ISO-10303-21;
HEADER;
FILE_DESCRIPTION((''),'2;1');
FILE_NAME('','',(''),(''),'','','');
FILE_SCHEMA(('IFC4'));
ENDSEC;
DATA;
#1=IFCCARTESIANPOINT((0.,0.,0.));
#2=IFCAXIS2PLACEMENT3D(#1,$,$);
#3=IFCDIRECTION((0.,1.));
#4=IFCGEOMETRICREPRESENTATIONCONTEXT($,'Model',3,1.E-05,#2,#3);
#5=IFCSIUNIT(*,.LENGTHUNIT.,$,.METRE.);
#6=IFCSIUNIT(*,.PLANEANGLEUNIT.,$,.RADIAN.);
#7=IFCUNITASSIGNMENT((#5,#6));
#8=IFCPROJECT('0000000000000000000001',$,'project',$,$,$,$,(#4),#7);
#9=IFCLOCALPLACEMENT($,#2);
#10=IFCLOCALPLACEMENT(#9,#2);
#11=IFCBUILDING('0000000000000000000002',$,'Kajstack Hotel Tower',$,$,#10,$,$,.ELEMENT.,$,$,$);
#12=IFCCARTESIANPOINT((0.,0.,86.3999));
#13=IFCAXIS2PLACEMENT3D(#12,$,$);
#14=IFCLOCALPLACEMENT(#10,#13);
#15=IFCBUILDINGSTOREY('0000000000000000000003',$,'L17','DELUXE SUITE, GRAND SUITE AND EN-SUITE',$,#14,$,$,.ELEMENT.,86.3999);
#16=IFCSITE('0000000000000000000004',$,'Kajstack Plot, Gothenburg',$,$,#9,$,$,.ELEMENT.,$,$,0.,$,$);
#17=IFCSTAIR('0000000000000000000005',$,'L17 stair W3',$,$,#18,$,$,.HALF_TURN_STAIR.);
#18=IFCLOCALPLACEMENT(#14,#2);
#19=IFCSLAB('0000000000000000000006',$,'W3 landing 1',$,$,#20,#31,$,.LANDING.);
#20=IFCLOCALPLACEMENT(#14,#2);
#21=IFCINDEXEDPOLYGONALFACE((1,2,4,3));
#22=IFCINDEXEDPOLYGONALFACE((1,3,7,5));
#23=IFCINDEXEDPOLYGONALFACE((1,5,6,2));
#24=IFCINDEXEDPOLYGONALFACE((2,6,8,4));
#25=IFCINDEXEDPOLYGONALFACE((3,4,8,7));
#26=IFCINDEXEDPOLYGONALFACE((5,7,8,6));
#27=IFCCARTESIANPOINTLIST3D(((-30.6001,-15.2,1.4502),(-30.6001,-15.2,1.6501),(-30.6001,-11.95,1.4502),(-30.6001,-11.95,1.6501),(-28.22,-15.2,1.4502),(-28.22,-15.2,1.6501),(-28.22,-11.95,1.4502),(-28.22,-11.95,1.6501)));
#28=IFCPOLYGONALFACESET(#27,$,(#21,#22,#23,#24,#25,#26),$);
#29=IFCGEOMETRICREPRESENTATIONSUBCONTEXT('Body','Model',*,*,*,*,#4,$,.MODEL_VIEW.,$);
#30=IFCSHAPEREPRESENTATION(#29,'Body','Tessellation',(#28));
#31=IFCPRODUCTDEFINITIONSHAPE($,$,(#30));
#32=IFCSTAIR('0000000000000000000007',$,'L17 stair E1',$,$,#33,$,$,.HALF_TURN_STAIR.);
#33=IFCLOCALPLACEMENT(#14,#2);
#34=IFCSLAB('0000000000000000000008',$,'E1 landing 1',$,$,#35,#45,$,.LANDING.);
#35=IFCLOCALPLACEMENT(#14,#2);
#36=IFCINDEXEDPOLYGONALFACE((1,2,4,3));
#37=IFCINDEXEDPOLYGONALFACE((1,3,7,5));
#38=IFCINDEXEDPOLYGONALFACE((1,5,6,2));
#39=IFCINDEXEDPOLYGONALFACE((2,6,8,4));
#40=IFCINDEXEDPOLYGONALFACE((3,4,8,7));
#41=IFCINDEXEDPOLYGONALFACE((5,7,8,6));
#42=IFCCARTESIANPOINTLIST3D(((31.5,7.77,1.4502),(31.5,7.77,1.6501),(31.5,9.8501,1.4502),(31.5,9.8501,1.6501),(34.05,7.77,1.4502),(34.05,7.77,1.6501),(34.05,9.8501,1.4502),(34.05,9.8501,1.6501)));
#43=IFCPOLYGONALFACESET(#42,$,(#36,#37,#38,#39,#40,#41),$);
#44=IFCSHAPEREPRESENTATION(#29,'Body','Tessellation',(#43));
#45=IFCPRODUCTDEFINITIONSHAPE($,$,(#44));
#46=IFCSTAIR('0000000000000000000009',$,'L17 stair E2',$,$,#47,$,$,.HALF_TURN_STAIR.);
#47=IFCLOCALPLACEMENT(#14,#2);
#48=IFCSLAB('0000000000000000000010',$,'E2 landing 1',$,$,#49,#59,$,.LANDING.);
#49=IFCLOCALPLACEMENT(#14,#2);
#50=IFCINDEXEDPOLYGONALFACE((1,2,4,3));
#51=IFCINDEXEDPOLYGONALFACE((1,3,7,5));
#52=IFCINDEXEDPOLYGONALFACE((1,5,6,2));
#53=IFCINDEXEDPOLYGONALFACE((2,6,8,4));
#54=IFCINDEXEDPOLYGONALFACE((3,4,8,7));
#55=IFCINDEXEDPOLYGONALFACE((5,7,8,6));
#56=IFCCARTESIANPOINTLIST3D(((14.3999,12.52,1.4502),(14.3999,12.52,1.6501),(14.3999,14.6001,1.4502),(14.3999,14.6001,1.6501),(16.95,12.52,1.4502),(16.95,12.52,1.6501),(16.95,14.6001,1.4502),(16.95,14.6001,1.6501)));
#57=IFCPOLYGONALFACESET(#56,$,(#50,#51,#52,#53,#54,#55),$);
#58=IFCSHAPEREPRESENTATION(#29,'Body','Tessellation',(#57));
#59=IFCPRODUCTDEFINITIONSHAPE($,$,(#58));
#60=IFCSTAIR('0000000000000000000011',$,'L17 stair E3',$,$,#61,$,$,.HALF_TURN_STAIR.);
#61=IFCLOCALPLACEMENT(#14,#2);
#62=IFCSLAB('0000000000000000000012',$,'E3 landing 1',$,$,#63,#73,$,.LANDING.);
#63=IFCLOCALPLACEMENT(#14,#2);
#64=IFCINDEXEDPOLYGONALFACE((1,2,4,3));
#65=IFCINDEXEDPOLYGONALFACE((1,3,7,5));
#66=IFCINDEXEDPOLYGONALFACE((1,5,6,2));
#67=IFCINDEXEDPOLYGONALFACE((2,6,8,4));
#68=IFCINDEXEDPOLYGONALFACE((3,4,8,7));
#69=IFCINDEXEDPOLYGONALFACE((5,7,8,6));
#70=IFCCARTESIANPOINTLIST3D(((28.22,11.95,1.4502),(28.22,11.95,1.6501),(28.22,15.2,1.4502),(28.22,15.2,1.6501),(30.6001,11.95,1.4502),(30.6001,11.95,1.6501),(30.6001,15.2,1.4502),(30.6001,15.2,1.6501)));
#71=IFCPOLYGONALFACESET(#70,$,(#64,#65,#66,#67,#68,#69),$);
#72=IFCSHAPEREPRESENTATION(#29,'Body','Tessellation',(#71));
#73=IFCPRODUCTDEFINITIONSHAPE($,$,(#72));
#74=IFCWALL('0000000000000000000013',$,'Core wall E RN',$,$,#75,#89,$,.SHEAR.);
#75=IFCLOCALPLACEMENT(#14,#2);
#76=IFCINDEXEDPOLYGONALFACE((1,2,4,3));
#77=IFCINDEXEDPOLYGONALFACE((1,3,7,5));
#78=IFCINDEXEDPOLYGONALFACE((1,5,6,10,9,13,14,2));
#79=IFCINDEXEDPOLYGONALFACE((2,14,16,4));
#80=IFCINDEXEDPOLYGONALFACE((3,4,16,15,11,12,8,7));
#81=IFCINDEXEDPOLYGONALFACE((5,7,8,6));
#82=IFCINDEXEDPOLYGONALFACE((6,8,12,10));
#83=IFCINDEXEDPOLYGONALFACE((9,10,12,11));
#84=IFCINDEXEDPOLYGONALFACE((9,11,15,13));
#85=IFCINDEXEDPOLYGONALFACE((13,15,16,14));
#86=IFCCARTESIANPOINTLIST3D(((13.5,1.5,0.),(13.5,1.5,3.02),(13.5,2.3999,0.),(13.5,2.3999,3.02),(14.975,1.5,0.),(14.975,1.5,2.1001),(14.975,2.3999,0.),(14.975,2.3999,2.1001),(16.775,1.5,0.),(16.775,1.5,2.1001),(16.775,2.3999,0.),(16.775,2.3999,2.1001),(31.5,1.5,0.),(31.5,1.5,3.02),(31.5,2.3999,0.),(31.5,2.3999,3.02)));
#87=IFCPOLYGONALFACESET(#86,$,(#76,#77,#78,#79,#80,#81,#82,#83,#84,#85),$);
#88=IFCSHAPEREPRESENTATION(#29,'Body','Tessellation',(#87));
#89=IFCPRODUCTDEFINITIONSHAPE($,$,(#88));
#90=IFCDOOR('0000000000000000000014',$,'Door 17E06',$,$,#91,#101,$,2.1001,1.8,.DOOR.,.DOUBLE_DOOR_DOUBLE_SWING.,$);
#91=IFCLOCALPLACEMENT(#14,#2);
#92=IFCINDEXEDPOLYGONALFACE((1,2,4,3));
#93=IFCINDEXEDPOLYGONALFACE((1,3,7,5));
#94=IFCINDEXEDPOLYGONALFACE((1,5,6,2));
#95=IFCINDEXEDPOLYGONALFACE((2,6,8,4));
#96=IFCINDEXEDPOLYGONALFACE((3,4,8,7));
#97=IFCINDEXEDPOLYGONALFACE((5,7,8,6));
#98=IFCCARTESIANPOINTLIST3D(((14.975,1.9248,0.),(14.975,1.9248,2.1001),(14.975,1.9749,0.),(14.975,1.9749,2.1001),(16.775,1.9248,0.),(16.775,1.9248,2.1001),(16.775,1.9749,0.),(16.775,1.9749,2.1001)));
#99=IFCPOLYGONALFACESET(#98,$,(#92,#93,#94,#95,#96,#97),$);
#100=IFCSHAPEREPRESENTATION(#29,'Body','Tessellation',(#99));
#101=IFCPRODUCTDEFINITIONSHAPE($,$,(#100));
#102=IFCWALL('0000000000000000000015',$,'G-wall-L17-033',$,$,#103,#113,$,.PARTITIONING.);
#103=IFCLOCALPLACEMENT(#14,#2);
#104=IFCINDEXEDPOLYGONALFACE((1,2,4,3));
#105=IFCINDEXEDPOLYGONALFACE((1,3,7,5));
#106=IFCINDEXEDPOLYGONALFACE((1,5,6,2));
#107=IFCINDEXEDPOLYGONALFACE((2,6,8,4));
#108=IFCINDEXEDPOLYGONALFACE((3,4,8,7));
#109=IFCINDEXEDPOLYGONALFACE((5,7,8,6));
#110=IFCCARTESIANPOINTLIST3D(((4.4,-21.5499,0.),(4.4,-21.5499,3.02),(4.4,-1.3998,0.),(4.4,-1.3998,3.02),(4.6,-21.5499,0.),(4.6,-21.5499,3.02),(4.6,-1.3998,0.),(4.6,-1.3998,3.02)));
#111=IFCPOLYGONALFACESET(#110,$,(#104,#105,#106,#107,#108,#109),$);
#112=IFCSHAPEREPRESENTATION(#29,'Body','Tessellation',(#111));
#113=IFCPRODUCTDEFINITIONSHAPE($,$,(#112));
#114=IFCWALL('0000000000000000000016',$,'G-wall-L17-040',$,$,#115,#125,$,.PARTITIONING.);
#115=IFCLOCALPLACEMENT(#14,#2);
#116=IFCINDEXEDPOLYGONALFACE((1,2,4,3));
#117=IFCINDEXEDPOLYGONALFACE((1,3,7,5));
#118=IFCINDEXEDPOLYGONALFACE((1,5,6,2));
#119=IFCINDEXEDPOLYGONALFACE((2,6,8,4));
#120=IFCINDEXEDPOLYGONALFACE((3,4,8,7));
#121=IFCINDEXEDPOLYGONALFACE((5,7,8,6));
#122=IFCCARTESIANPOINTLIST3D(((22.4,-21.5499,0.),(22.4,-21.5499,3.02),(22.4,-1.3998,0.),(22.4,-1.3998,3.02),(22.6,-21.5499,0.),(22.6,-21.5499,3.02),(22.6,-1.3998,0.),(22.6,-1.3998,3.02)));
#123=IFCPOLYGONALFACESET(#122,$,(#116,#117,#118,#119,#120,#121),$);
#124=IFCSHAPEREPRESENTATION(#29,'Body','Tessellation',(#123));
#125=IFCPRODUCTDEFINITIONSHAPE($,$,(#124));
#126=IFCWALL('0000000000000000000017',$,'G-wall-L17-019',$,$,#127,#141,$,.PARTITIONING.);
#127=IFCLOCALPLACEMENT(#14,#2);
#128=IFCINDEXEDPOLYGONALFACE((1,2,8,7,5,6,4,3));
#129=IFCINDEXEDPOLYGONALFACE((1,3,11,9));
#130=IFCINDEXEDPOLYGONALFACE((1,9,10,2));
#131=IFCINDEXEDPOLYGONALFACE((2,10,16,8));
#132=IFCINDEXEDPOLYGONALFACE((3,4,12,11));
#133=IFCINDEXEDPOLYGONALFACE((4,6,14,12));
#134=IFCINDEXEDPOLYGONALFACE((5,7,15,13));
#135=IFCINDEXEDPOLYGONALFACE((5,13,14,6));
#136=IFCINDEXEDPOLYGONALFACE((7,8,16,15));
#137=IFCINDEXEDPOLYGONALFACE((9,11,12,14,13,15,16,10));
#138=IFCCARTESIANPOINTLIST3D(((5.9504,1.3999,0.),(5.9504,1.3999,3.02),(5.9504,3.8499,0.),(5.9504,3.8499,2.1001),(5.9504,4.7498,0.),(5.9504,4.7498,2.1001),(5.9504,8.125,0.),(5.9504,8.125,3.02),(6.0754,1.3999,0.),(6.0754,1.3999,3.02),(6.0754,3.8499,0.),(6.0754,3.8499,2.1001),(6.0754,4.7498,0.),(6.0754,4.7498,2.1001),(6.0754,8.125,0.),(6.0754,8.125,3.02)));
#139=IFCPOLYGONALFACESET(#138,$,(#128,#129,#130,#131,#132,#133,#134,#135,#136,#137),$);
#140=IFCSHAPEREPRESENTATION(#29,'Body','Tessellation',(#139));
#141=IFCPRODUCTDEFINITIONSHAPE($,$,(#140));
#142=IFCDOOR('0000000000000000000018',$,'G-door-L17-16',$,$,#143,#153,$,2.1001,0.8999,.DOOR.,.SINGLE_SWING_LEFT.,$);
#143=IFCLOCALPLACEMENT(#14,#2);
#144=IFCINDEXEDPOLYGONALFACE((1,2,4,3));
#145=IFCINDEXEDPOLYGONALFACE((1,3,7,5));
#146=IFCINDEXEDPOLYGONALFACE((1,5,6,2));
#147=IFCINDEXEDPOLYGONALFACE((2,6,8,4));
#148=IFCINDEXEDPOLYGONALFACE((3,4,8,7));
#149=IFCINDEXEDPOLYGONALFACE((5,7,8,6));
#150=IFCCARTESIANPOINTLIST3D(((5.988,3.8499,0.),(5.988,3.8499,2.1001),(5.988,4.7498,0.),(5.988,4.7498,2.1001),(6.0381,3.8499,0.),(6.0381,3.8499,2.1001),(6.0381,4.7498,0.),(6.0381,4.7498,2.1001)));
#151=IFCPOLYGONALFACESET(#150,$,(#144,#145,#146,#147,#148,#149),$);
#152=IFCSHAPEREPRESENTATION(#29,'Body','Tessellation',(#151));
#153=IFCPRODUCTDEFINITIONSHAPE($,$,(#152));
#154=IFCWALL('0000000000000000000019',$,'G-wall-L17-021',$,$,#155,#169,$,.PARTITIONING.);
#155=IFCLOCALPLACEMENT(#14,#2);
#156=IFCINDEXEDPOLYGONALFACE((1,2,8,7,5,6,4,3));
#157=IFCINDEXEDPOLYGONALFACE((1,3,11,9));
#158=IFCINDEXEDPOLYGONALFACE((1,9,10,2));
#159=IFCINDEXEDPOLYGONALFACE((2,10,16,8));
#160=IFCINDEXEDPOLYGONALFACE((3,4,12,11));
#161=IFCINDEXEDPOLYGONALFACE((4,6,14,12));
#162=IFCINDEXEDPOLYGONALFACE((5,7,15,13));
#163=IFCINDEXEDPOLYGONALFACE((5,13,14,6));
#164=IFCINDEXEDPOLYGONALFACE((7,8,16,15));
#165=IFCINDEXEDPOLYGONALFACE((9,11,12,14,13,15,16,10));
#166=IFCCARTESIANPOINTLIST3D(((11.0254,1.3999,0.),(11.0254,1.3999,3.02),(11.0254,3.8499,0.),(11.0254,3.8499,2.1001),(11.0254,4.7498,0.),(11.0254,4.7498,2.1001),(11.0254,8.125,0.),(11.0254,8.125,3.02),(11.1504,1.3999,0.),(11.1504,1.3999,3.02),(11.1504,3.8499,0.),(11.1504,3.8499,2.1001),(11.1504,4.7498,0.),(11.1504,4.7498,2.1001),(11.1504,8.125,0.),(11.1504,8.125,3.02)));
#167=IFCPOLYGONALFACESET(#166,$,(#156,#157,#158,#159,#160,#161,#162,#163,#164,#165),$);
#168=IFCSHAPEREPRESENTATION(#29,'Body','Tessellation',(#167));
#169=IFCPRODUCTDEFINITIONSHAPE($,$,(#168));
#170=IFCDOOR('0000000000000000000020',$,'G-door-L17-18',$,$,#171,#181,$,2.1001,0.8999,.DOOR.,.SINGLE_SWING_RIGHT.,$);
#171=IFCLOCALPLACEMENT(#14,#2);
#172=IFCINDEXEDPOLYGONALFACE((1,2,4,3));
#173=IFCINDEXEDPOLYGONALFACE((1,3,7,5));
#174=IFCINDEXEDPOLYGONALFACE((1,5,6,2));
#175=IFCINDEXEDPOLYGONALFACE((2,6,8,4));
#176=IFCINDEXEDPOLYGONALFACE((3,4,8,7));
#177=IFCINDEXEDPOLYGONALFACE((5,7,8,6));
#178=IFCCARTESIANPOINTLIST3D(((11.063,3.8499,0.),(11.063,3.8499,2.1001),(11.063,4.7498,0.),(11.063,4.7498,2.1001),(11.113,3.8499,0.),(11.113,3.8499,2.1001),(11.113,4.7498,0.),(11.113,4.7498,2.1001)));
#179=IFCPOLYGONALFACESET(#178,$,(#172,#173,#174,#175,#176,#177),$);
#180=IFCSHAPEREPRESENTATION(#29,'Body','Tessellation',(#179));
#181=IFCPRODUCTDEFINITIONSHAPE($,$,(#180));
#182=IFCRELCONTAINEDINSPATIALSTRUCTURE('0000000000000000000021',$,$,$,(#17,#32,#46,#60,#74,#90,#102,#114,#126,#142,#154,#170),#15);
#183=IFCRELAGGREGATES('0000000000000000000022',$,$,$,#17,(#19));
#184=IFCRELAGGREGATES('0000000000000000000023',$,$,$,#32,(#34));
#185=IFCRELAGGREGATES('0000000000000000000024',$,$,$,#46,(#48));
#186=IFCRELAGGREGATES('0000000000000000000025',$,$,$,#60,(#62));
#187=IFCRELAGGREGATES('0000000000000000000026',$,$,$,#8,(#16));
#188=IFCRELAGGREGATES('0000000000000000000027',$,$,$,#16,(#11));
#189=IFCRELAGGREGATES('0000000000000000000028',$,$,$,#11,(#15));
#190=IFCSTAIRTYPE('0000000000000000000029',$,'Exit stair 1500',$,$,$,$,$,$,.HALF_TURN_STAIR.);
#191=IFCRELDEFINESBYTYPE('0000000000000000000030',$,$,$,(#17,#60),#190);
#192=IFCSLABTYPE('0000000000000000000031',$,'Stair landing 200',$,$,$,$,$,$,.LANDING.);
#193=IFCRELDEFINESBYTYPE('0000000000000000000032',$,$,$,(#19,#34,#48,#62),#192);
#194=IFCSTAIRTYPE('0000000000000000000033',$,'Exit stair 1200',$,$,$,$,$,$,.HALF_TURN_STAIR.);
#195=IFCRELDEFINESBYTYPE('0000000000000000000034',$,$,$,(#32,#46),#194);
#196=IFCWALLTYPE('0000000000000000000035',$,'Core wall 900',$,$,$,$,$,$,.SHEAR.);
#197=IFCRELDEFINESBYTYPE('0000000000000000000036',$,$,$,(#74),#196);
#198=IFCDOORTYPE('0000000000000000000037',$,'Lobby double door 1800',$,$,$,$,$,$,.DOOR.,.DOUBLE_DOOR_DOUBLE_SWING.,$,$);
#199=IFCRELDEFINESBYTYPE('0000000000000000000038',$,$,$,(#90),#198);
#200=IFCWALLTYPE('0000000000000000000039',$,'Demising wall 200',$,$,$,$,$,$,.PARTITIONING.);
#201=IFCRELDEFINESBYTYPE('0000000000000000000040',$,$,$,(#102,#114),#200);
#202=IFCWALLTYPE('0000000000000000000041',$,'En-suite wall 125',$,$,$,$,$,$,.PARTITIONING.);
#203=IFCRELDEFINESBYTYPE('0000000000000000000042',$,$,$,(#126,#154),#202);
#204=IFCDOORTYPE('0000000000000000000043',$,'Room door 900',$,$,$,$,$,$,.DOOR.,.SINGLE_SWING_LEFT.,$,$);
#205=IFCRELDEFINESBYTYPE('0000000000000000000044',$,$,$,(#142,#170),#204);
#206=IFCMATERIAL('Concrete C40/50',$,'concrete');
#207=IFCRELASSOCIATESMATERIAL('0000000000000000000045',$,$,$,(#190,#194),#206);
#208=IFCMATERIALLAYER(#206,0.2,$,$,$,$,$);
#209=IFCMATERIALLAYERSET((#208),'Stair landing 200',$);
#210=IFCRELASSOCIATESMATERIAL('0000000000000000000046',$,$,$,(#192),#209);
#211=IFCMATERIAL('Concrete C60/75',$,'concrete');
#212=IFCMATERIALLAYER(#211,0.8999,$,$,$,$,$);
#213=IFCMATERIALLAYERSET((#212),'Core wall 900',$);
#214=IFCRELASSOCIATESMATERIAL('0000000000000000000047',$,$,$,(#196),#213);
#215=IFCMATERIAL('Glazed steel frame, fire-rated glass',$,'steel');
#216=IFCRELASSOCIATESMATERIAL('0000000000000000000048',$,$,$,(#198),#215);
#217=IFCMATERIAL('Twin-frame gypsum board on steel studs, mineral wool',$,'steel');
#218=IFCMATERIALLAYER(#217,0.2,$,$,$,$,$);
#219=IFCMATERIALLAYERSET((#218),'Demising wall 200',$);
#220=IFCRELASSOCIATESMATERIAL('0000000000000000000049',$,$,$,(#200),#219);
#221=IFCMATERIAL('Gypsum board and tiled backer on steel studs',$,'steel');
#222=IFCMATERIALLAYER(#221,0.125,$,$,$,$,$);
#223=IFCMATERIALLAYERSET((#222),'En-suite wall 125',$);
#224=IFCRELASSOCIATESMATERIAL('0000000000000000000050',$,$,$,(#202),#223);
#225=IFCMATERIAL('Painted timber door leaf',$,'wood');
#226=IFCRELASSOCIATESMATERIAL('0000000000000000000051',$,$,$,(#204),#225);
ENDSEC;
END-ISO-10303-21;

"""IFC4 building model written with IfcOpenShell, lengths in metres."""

from ifc_helpers import new_model, si_unit, direction, frame, frame_2d, origin, place, context, subcontext, project, spatial, polyline, rectangle, outline, extrude, material, layer, layer_set, type_object, element, fill, aggregate, save


model = new_model("IFC4")

# Units and contexts
model_context = context("Model", 3, precision=1e-05, world=origin(), true_north=direction((0.0, 1.0)))
body_context = subcontext(model_context, "Body", "Model", "MODEL_VIEW")
ifc_project = project(units=[si_unit("LENGTHUNIT", "METRE"), si_unit("PLANEANGLEUNIT", "RADIAN")], contexts=[model_context])

# Site, building, storey
site_placement = place(None, origin())
site = spatial("IfcSite", under=ifc_project, at=site_placement, Name="Kajstack Plot, Gothenburg", CompositionType="ELEMENT", RefElevation=0.0)
building_placement = place(site_placement, origin())
building = spatial("IfcBuilding", under=site, at=building_placement, Name="Kajstack Hotel Tower", CompositionType="ELEMENT")
storey_placement = place(building_placement, frame((0.0, 0.0, 86.3999)))
storey = spatial("IfcBuildingStorey", under=building, at=storey_placement, Name="L17", Description="DELUXE SUITE, GRAND SUITE AND EN-SUITE", CompositionType="ELEMENT", Elevation=86.3999)

# Stairs, slabs
ifc_material_1 = material(Name="Concrete C40/50", Category="concrete")
stair_type_1 = type_object("IfcStairType", Name="Exit stair 1500", PredefinedType="HALF_TURN_STAIR", material=ifc_material_1)
stair_1_placement = place(storey_placement, origin())
stair_1 = element("IfcStair", 1, at=stair_1_placement, inside=storey, type_object=stair_type_1, Name="L17 stair W3", PredefinedType="HALF_TURN_STAIR")
ifc_layer_1 = layer(ifc_material_1, 0.2)
ifc_layer_set_1 = layer_set([ifc_layer_1], Name="Stair landing 200")
slab_type = type_object("IfcSlabType", Name="Stair landing 200", PredefinedType="LANDING", material=ifc_layer_set_1)
slab_1_placement = place(storey_placement, frame((0.0, 0.0, 1.4502)))
slab_1 = element("IfcSlab", 2, at=slab_1_placement, type_object=slab_type, Name="W3 landing 1", PredefinedType="LANDING", context=body_context, shape_type="SweptSolid", body=[
    extrude(outline(polyline([(-28.22, -11.95), (-30.6001, -11.95), (-30.6001, -15.2), (-28.22, -15.2), (-28.22, -11.95)])), origin(), (0.0, 0.0, 1.0), 0.2),
])
aggregate(stair_1, [slab_1])
stair_type_2 = type_object("IfcStairType", Name="Exit stair 1200", PredefinedType="HALF_TURN_STAIR", material=ifc_material_1)
stair_2_placement = place(storey_placement, origin())
stair_2 = element("IfcStair", 3, at=stair_2_placement, inside=storey, type_object=stair_type_2, Name="L17 stair E1", PredefinedType="HALF_TURN_STAIR")
slab_2_placement = place(storey_placement, frame((0.0, 0.0, 1.4502)))
slab_2 = element("IfcSlab", 4, at=slab_2_placement, type_object=slab_type, Name="E1 landing 1", PredefinedType="LANDING", context=body_context, shape_type="SweptSolid", body=[
    extrude(outline(polyline([(34.05, 7.77), (34.05, 9.8501), (31.5, 9.8501), (31.5, 7.77), (34.05, 7.77)])), origin(), (0.0, 0.0, 1.0), 0.2),
])
aggregate(stair_2, [slab_2])
stair_3_placement = place(storey_placement, origin())
stair_3 = element("IfcStair", 5, at=stair_3_placement, inside=storey, type_object=stair_type_2, Name="L17 stair E2", PredefinedType="HALF_TURN_STAIR")
slab_3_placement = place(storey_placement, frame((0.0, 0.0, 1.4502)))
slab_3 = element("IfcSlab", 6, at=slab_3_placement, type_object=slab_type, Name="E2 landing 1", PredefinedType="LANDING", context=body_context, shape_type="SweptSolid", body=[
    extrude(outline(polyline([(16.95, 12.52), (16.95, 14.6001), (14.3999, 14.6001), (14.3999, 12.52), (16.95, 12.52)])), origin(), (0.0, 0.0, 1.0), 0.2),
])
aggregate(stair_3, [slab_3])
stair_4_placement = place(storey_placement, origin())
stair_4 = element("IfcStair", 7, at=stair_4_placement, inside=storey, type_object=stair_type_1, Name="L17 stair E3", PredefinedType="HALF_TURN_STAIR")
slab_4_placement = place(storey_placement, frame((0.0, 0.0, 1.4502)))
slab_4 = element("IfcSlab", 8, at=slab_4_placement, type_object=slab_type, Name="E3 landing 1", PredefinedType="LANDING", context=body_context, shape_type="SweptSolid", body=[
    extrude(outline(polyline([(28.22, 11.95), (30.6001, 11.95), (30.6001, 15.2), (28.22, 15.2), (28.22, 11.95)])), origin(), (0.0, 0.0, 1.0), 0.2),
])
aggregate(stair_4, [slab_4])

# Wall, opening, door
ifc_material_2 = material(Name="Concrete C60/75", Category="concrete")
ifc_layer_2 = layer(ifc_material_2, 0.8999)
ifc_layer_set_2 = layer_set([ifc_layer_2], Name="Core wall 900")
wall_type_1 = type_object("IfcWallType", Name="Core wall 900", PredefinedType="SHEAR", material=ifc_layer_set_2)
wall_1_placement = place(storey_placement, frame((13.5, 1.95, 0.0), z_axis=(0.0, 0.0, 1.0), x_axis=(1.0, 0.0, 0.0)))
wall_1 = element("IfcWall", 9, at=wall_1_placement, inside=storey, type_object=wall_type_1, Name="Core wall E RN", PredefinedType="SHEAR", context=body_context, shape_type="SweptSolid", body=[
    extrude(rectangle(XDim=18.0, YDim=0.8999, at=frame_2d((9.0, 0.0))), origin(), (0.0, 0.0, 1.0), 3.02),
])
opening_1_placement = place(wall_1_placement, frame((1.4751, 0.0, 0.0)))
opening_1 = element("IfcOpeningElement", 10, at=opening_1_placement, cuts=wall_1, PredefinedType="OPENING", context=body_context, shape_type="SweptSolid", body=[
    extrude(rectangle(XDim=1.8, YDim=2.1001, at=frame_2d((0.8999, 1.05))), frame((0.0, 0.46, 0.0), z_axis=(0.0, -1.0, 0.0), x_axis=(1.0, 0.0, 0.0)), (0.0, 0.0, 1.0), 0.9199),
])
ifc_material_3 = material(Name="Glazed steel frame, fire-rated glass", Category="steel")
door_type_1 = type_object("IfcDoorType", Name="Lobby double door 1800", OperationType="DOUBLE_DOOR_DOUBLE_SWING", PredefinedType="DOOR", material=ifc_material_3)
door_1_placement = place(opening_1_placement, origin())
door_1 = element("IfcDoor", 11, at=door_1_placement, inside=storey, type_object=door_type_1, Name="Door 17E06", OperationType="DOUBLE_DOOR_DOUBLE_SWING", OverallHeight=2.1001, OverallWidth=1.8, PredefinedType="DOOR", context=body_context, shape_type="SweptSolid", body=[
    extrude(rectangle(XDim=1.8, YDim=2.1001, at=frame_2d((0.8999, 1.05))), frame((0.0, 0.0249, 0.0), z_axis=(0.0, -1.0, 0.0), x_axis=(1.0, 0.0, 0.0)), (0.0, 0.0, 1.0), 0.05),
])
fill(opening_1, door_1)

# Walls
ifc_material_4 = material(Name="Twin-frame gypsum board on steel studs, mineral wool", Category="steel")
ifc_layer_3 = layer(ifc_material_4, 0.2)
ifc_layer_set_3 = layer_set([ifc_layer_3], Name="Demising wall 200")
wall_type_2 = type_object("IfcWallType", Name="Demising wall 200", PredefinedType="PARTITIONING", material=ifc_layer_set_3)
for number, where, z_axis, x_axis, name in (
    (12, (4.5, -21.55, 0.0), (0.0, 0.0, 1.0), (0.0, 1.0, 0.0), "G-wall-L17-033"),
    (13, (22.5, -21.55, 0.0), (0.0, 0.0, 1.0), (0.0, 1.0, 0.0), "G-wall-L17-040"),
):
    element("IfcWall", number, at=place(storey_placement, frame(where, z_axis=z_axis, x_axis=x_axis)), inside=storey, type_object=wall_type_2, Name=name, PredefinedType="PARTITIONING", context=body_context, shape_type="SweptSolid", body=[
        extrude(rectangle(XDim=20.1501, YDim=0.2, at=frame_2d((10.0752, 0.0))), origin(), (0.0, 0.0, 1.0), 3.02),
    ])

# Walls, openings, doors
ifc_material_5 = material(Name="Gypsum board and tiled backer on steel studs", Category="steel")
ifc_layer_4 = layer(ifc_material_5, 0.125)
ifc_layer_set_4 = layer_set([ifc_layer_4], Name="En-suite wall 125")
wall_type_3 = type_object("IfcWallType", Name="En-suite wall 125", PredefinedType="PARTITIONING", material=ifc_layer_set_4)
wall_2_placement = place(storey_placement, frame((6.0129, 1.3999, 0.0), z_axis=(0.0, 0.0, 1.0), x_axis=(0.0, 1.0, 0.0)))
wall_2 = element("IfcWall", 14, at=wall_2_placement, inside=storey, type_object=wall_type_3, Name="G-wall-L17-019", PredefinedType="PARTITIONING", context=body_context, shape_type="SweptSolid", body=[
    extrude(rectangle(XDim=6.7251, YDim=0.125, at=frame_2d((3.3625, 0.0))), origin(), (0.0, 0.0, 1.0), 3.02),
])
opening_2_placement = place(wall_2_placement, frame((2.45, 0.0, 0.0)))
opening_2 = element("IfcOpeningElement", 15, at=opening_2_placement, cuts=wall_2, PredefinedType="OPENING", context=body_context, shape_type="SweptSolid", body=[
    extrude(rectangle(XDim=0.8999, YDim=2.1001, at=frame_2d((0.45, 1.05))), frame((0.0, 0.0725, 0.0), z_axis=(0.0, -1.0, 0.0), x_axis=(1.0, 0.0, 0.0)), (0.0, 0.0, 1.0), 0.145),
])
ifc_material_6 = material(Name="Painted timber door leaf", Category="wood")
door_type_2 = type_object("IfcDoorType", Name="Room door 900", OperationType="SINGLE_SWING_LEFT", PredefinedType="DOOR", material=ifc_material_6)
door_2_placement = place(opening_2_placement, origin())
door_2 = element("IfcDoor", 16, at=door_2_placement, inside=storey, type_object=door_type_2, Name="G-door-L17-16", OperationType="SINGLE_SWING_LEFT", OverallHeight=2.1001, OverallWidth=0.8999, PredefinedType="DOOR", context=body_context, shape_type="SweptSolid", body=[
    extrude(rectangle(XDim=0.8999, YDim=2.1001, at=frame_2d((0.45, 1.05))), frame((0.0, 0.0249, 0.0), z_axis=(0.0, -1.0, 0.0), x_axis=(1.0, 0.0, 0.0)), (0.0, 0.0, 1.0), 0.05),
])
fill(opening_2, door_2)
wall_3_placement = place(storey_placement, frame((11.0879, 1.3999, 0.0), z_axis=(0.0, 0.0, 1.0), x_axis=(0.0, 1.0, 0.0)))
wall_3 = element("IfcWall", 17, at=wall_3_placement, inside=storey, type_object=wall_type_3, Name="G-wall-L17-021", PredefinedType="PARTITIONING", context=body_context, shape_type="SweptSolid", body=[
    extrude(rectangle(XDim=6.7251, YDim=0.125, at=frame_2d((3.3625, 0.0))), origin(), (0.0, 0.0, 1.0), 3.02),
])
opening_3_placement = place(wall_3_placement, frame((2.45, 0.0, 0.0)))
opening_3 = element("IfcOpeningElement", 18, at=opening_3_placement, cuts=wall_3, PredefinedType="OPENING", context=body_context, shape_type="SweptSolid", body=[
    extrude(rectangle(XDim=0.8999, YDim=2.1001, at=frame_2d((0.45, 1.05))), frame((0.0, 0.0725, 0.0), z_axis=(0.0, -1.0, 0.0), x_axis=(1.0, 0.0, 0.0)), (0.0, 0.0, 1.0), 0.145),
])
door_3_placement = place(opening_3_placement, origin())
door_3 = element("IfcDoor", 19, at=door_3_placement, inside=storey, type_object=door_type_2, Name="G-door-L17-18", OperationType="SINGLE_SWING_RIGHT", OverallHeight=2.1001, OverallWidth=0.8999, PredefinedType="DOOR", context=body_context, shape_type="SweptSolid", body=[
    extrude(rectangle(XDim=0.8999, YDim=2.1001, at=frame_2d((0.45, 1.05))), frame((0.0, 0.0249, 0.0), z_axis=(0.0, -1.0, 0.0), x_axis=(1.0, 0.0, 0.0)), (0.0, 0.0, 1.0), 0.05),
])
fill(opening_3, door_3)

save(model, "model.ifc")
